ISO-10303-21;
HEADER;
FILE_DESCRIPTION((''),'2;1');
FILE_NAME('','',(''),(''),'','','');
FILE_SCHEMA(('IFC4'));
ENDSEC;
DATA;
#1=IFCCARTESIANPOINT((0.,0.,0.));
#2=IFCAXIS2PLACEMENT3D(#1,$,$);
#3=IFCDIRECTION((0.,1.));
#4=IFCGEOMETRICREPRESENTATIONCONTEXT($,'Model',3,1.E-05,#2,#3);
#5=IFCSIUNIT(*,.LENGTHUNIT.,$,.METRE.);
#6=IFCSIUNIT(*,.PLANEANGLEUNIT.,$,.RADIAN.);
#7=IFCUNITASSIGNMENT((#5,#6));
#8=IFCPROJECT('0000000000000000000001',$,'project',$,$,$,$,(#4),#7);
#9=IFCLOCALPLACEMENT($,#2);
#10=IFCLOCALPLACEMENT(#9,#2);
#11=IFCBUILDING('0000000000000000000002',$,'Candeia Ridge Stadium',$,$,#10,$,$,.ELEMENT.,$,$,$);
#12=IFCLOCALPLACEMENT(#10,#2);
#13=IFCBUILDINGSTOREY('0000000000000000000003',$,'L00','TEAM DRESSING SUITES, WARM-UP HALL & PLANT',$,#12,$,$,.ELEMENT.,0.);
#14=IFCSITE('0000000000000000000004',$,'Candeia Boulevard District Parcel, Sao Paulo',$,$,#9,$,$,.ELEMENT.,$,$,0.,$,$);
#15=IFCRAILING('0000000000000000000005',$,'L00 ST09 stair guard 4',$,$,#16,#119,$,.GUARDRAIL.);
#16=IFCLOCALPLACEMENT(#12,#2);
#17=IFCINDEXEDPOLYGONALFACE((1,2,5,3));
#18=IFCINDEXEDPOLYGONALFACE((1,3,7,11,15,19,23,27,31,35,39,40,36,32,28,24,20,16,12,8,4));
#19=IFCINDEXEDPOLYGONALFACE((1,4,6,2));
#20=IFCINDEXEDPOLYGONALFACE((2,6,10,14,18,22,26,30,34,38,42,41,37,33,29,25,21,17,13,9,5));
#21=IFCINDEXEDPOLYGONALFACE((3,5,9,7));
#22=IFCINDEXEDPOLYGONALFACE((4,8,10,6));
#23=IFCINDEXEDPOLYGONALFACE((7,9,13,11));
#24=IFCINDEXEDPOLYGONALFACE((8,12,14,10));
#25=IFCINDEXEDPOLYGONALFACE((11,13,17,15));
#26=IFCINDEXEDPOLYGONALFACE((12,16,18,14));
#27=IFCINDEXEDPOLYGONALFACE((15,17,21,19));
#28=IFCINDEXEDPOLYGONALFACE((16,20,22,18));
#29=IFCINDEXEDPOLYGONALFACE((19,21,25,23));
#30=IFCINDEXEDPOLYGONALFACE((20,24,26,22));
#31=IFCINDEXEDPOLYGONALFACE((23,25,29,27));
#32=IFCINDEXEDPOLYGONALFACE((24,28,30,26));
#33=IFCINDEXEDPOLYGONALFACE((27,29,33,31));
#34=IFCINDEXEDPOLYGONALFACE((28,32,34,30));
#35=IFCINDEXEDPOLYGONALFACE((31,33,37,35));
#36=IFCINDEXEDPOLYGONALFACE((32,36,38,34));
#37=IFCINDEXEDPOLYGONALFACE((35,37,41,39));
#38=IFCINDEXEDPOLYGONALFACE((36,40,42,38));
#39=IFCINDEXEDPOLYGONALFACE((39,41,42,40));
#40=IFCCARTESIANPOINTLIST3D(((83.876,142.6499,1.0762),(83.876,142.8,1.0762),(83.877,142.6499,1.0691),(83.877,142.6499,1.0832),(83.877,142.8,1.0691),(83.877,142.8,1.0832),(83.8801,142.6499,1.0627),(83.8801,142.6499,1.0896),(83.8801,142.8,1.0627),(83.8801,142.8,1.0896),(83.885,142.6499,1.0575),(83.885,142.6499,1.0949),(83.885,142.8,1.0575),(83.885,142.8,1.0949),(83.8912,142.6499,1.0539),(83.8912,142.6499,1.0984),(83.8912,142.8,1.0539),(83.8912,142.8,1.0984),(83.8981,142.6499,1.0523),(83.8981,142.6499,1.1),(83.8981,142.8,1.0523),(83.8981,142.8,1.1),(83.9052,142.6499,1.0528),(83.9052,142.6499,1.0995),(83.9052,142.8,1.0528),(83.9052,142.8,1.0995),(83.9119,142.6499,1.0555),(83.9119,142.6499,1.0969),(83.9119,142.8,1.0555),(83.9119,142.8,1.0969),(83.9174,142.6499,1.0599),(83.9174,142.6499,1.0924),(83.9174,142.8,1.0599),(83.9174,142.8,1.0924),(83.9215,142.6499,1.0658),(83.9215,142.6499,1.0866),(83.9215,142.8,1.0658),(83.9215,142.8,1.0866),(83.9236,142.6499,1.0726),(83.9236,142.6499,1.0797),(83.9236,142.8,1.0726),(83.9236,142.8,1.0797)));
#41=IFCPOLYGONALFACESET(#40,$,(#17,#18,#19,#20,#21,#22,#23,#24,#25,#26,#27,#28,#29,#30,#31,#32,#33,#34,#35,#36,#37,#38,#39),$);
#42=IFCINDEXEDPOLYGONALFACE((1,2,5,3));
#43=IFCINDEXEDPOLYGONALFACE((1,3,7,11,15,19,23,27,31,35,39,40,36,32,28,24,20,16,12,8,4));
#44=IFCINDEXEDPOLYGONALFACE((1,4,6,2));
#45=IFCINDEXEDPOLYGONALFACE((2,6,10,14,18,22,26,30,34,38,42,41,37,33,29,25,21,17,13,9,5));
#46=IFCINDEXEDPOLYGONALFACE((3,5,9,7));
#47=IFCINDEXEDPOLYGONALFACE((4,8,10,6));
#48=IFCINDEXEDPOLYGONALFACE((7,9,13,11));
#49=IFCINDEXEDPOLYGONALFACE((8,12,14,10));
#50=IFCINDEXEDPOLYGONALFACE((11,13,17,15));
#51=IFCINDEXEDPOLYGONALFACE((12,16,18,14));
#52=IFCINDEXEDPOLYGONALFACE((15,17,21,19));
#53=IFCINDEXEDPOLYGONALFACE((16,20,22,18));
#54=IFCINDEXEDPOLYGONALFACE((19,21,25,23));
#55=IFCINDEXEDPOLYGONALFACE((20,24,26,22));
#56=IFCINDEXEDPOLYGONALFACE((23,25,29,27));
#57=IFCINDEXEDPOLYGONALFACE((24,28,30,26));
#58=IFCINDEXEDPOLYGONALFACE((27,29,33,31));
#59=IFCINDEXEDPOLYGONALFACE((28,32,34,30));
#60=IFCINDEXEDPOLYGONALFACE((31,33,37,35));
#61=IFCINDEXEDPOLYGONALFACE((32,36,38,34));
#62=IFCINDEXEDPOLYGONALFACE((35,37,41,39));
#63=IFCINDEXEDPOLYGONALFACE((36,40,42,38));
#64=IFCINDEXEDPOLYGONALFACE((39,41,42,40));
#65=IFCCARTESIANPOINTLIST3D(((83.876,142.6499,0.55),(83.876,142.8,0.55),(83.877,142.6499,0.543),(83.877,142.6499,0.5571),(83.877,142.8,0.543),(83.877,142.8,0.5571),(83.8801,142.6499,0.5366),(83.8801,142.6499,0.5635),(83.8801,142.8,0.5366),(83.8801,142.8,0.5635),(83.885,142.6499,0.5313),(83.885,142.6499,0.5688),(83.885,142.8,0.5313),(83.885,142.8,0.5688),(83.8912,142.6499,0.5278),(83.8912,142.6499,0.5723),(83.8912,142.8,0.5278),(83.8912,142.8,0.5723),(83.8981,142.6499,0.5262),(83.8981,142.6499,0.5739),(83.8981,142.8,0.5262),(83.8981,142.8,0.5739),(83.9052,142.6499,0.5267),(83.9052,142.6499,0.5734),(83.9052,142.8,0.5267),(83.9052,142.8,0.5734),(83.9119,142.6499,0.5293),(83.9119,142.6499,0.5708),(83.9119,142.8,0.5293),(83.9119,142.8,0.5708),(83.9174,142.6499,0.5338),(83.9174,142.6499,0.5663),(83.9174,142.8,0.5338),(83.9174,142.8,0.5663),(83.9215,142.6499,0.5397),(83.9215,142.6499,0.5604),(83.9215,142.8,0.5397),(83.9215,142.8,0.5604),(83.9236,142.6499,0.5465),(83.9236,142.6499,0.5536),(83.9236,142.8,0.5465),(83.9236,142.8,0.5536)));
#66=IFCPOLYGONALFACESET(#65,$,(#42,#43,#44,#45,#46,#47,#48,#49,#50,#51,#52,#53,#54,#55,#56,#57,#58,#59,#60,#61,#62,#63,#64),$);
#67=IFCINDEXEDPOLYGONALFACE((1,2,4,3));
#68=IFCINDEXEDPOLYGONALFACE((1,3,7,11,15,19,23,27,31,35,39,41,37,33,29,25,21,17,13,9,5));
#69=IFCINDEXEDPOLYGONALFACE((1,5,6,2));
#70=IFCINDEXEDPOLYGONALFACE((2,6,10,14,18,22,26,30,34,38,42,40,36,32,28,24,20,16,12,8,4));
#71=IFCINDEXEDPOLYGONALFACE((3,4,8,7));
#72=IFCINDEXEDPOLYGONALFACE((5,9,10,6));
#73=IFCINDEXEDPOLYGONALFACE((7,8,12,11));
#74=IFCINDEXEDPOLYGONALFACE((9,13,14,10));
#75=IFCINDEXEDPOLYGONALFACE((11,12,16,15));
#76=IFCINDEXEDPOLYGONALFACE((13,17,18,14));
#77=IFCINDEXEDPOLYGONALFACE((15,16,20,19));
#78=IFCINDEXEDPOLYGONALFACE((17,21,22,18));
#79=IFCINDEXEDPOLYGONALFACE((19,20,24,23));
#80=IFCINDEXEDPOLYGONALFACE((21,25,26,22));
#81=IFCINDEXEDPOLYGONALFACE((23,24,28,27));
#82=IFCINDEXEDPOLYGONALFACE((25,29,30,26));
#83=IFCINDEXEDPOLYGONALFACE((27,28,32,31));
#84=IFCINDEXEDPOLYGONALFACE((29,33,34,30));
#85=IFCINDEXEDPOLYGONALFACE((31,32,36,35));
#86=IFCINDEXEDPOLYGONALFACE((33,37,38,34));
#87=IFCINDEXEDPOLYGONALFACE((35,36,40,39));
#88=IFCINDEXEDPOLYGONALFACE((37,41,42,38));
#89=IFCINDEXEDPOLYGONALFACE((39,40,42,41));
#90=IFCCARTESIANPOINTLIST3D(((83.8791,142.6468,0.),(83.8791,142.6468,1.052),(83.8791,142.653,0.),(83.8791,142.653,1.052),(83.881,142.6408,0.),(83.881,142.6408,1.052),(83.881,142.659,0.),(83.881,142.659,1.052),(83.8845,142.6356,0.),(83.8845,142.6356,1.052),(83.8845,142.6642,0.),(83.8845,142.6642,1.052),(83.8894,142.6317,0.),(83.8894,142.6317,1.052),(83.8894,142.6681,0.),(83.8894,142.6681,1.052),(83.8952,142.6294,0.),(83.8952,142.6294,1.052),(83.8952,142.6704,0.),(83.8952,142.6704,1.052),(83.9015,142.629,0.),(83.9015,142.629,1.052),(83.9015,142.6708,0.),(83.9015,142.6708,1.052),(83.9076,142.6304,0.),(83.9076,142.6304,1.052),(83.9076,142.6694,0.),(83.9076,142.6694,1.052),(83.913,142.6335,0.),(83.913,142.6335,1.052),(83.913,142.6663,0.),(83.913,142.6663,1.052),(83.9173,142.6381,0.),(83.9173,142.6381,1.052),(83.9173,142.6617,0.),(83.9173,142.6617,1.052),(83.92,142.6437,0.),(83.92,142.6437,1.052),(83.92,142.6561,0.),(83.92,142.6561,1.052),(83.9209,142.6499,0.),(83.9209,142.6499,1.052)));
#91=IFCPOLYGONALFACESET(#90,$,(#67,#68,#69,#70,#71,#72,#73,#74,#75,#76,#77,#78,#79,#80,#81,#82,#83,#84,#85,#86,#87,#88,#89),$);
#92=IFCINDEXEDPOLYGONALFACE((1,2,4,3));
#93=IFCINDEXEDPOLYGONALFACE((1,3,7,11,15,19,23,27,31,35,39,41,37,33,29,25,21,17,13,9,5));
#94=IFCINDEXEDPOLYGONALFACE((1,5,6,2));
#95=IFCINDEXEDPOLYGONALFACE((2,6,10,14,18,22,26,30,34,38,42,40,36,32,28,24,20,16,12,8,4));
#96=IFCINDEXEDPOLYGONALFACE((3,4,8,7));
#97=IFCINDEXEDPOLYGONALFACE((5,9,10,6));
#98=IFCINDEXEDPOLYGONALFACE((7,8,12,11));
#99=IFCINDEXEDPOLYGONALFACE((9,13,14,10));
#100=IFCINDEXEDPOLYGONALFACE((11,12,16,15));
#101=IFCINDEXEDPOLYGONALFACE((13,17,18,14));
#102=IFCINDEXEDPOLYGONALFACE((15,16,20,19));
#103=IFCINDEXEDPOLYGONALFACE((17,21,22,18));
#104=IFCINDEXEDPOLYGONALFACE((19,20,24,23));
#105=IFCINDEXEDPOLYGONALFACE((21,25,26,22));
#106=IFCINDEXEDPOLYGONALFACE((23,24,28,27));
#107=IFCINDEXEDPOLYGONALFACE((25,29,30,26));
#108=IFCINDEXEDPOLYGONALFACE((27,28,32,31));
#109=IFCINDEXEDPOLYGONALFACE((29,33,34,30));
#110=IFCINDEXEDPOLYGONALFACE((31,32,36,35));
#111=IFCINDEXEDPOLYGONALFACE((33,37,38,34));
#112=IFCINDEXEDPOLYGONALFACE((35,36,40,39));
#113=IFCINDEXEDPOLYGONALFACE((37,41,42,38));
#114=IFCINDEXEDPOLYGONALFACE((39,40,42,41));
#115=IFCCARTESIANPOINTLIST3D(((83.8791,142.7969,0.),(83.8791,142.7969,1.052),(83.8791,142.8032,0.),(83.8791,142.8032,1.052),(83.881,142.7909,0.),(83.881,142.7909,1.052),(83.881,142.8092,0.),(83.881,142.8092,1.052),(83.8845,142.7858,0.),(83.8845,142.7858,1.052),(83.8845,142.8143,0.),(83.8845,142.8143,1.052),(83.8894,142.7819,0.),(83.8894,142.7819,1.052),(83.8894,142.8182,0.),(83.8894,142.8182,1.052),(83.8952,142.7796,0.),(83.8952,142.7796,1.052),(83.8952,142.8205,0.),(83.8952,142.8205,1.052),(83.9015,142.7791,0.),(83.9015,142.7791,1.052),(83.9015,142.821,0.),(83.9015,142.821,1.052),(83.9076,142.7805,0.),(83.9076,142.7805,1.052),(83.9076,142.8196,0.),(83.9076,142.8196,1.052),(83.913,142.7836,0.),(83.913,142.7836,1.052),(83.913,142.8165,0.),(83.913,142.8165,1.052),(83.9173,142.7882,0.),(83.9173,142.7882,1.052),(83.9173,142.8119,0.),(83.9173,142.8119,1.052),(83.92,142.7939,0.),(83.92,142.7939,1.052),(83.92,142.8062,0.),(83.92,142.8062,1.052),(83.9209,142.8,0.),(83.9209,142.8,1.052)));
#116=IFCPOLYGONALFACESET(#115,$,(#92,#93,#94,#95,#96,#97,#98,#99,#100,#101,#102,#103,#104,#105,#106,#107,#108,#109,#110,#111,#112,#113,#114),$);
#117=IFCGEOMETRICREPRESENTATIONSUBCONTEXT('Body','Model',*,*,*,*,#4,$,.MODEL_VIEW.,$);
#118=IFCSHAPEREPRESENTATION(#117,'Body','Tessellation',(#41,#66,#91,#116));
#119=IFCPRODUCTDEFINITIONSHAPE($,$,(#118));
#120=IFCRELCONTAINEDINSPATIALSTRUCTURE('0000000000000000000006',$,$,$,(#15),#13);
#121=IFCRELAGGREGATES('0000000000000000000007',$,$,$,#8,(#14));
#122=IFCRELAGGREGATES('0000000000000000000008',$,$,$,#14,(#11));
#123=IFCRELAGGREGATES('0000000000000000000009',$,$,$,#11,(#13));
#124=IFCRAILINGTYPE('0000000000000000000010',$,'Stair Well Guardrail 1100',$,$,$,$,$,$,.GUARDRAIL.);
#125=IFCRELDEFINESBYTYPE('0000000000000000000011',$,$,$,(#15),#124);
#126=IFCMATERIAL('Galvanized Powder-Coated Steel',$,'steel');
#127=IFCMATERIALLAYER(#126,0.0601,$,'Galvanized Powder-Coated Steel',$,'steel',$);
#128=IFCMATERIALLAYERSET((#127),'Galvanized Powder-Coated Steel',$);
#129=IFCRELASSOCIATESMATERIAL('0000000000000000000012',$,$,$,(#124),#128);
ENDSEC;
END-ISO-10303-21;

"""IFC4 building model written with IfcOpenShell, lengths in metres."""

from ifc_helpers import new_model, si_unit, direction, frame, origin, origin_2d, place, context, subcontext, project, spatial, circle, extrude, material, layer, layer_set, type_object, element, save


model = new_model("IFC4")

# Units and contexts
model_context = context("Model", 3, precision=1e-05, world=origin(), true_north=direction((0.0, 1.0)))
body_context = subcontext(model_context, "Body", "Model", "MODEL_VIEW")
ifc_project = project(units=[si_unit("LENGTHUNIT", "METRE"), si_unit("PLANEANGLEUNIT", "RADIAN")], contexts=[model_context])

# Site, building, storey
site_placement = place(None, origin())
site = spatial("IfcSite", under=ifc_project, at=site_placement, Name="Candeia Boulevard District Parcel, Sao Paulo", CompositionType="ELEMENT", RefElevation=0.0)
building_placement = place(site_placement, origin())
building = spatial("IfcBuilding", under=site, at=building_placement, Name="Candeia Ridge Stadium", CompositionType="ELEMENT")
storey_placement = place(building_placement, origin())
storey = spatial("IfcBuildingStorey", under=building, at=storey_placement, Name="L00", Description="TEAM DRESSING SUITES, WARM-UP HALL & PLANT", CompositionType="ELEMENT", Elevation=0.0)

# Railing
ifc_material_1 = material(Name="Galvanized Powder-Coated Steel", Category="steel")
ifc_layer_1 = layer(ifc_material_1, 0.0601, Name="Galvanized Powder-Coated Steel", Category="steel")
ifc_layer_set_1 = layer_set([ifc_layer_1], Name="Galvanized Powder-Coated Steel")
railing_type_1 = type_object("IfcRailingType", Name="Stair Well Guardrail 1100", PredefinedType="GUARDRAIL", material=ifc_layer_set_1)
railing_1_placement = place(storey_placement, frame((83.8999, 142.6499, 0.0)))
element("IfcRailing", 1, at=railing_1_placement, inside=storey, type_object=railing_type_1, Name="L00 ST09 stair guard 4", PredefinedType="GUARDRAIL", context=body_context, shape_type="SweptSolid", body=[
    extrude(circle(Radius=0.0239, at=origin_2d()), frame((0.0, 0.0, 1.0762), z_axis=(0.0, 1.0, 0.0), x_axis=(-1.0, 0.0, 0.0)), (0.0, 0.0, 1.0), 0.1501),
    extrude(circle(Radius=0.0239, at=origin_2d()), frame((0.0, 0.0, 0.55), z_axis=(0.0, 1.0, 0.0), x_axis=(-1.0, 0.0, 0.0)), (0.0, 0.0, 1.0), 0.1501),
    extrude(circle(Radius=0.021, at=origin_2d()), origin(), (0.0, 0.0, 1.0), 1.052),
    extrude(circle(Radius=0.021, at=origin_2d()), frame((0.0, 0.1501, 0.0)), (0.0, 0.0, 1.0), 1.052),
])

save(model, "model.ifc")
